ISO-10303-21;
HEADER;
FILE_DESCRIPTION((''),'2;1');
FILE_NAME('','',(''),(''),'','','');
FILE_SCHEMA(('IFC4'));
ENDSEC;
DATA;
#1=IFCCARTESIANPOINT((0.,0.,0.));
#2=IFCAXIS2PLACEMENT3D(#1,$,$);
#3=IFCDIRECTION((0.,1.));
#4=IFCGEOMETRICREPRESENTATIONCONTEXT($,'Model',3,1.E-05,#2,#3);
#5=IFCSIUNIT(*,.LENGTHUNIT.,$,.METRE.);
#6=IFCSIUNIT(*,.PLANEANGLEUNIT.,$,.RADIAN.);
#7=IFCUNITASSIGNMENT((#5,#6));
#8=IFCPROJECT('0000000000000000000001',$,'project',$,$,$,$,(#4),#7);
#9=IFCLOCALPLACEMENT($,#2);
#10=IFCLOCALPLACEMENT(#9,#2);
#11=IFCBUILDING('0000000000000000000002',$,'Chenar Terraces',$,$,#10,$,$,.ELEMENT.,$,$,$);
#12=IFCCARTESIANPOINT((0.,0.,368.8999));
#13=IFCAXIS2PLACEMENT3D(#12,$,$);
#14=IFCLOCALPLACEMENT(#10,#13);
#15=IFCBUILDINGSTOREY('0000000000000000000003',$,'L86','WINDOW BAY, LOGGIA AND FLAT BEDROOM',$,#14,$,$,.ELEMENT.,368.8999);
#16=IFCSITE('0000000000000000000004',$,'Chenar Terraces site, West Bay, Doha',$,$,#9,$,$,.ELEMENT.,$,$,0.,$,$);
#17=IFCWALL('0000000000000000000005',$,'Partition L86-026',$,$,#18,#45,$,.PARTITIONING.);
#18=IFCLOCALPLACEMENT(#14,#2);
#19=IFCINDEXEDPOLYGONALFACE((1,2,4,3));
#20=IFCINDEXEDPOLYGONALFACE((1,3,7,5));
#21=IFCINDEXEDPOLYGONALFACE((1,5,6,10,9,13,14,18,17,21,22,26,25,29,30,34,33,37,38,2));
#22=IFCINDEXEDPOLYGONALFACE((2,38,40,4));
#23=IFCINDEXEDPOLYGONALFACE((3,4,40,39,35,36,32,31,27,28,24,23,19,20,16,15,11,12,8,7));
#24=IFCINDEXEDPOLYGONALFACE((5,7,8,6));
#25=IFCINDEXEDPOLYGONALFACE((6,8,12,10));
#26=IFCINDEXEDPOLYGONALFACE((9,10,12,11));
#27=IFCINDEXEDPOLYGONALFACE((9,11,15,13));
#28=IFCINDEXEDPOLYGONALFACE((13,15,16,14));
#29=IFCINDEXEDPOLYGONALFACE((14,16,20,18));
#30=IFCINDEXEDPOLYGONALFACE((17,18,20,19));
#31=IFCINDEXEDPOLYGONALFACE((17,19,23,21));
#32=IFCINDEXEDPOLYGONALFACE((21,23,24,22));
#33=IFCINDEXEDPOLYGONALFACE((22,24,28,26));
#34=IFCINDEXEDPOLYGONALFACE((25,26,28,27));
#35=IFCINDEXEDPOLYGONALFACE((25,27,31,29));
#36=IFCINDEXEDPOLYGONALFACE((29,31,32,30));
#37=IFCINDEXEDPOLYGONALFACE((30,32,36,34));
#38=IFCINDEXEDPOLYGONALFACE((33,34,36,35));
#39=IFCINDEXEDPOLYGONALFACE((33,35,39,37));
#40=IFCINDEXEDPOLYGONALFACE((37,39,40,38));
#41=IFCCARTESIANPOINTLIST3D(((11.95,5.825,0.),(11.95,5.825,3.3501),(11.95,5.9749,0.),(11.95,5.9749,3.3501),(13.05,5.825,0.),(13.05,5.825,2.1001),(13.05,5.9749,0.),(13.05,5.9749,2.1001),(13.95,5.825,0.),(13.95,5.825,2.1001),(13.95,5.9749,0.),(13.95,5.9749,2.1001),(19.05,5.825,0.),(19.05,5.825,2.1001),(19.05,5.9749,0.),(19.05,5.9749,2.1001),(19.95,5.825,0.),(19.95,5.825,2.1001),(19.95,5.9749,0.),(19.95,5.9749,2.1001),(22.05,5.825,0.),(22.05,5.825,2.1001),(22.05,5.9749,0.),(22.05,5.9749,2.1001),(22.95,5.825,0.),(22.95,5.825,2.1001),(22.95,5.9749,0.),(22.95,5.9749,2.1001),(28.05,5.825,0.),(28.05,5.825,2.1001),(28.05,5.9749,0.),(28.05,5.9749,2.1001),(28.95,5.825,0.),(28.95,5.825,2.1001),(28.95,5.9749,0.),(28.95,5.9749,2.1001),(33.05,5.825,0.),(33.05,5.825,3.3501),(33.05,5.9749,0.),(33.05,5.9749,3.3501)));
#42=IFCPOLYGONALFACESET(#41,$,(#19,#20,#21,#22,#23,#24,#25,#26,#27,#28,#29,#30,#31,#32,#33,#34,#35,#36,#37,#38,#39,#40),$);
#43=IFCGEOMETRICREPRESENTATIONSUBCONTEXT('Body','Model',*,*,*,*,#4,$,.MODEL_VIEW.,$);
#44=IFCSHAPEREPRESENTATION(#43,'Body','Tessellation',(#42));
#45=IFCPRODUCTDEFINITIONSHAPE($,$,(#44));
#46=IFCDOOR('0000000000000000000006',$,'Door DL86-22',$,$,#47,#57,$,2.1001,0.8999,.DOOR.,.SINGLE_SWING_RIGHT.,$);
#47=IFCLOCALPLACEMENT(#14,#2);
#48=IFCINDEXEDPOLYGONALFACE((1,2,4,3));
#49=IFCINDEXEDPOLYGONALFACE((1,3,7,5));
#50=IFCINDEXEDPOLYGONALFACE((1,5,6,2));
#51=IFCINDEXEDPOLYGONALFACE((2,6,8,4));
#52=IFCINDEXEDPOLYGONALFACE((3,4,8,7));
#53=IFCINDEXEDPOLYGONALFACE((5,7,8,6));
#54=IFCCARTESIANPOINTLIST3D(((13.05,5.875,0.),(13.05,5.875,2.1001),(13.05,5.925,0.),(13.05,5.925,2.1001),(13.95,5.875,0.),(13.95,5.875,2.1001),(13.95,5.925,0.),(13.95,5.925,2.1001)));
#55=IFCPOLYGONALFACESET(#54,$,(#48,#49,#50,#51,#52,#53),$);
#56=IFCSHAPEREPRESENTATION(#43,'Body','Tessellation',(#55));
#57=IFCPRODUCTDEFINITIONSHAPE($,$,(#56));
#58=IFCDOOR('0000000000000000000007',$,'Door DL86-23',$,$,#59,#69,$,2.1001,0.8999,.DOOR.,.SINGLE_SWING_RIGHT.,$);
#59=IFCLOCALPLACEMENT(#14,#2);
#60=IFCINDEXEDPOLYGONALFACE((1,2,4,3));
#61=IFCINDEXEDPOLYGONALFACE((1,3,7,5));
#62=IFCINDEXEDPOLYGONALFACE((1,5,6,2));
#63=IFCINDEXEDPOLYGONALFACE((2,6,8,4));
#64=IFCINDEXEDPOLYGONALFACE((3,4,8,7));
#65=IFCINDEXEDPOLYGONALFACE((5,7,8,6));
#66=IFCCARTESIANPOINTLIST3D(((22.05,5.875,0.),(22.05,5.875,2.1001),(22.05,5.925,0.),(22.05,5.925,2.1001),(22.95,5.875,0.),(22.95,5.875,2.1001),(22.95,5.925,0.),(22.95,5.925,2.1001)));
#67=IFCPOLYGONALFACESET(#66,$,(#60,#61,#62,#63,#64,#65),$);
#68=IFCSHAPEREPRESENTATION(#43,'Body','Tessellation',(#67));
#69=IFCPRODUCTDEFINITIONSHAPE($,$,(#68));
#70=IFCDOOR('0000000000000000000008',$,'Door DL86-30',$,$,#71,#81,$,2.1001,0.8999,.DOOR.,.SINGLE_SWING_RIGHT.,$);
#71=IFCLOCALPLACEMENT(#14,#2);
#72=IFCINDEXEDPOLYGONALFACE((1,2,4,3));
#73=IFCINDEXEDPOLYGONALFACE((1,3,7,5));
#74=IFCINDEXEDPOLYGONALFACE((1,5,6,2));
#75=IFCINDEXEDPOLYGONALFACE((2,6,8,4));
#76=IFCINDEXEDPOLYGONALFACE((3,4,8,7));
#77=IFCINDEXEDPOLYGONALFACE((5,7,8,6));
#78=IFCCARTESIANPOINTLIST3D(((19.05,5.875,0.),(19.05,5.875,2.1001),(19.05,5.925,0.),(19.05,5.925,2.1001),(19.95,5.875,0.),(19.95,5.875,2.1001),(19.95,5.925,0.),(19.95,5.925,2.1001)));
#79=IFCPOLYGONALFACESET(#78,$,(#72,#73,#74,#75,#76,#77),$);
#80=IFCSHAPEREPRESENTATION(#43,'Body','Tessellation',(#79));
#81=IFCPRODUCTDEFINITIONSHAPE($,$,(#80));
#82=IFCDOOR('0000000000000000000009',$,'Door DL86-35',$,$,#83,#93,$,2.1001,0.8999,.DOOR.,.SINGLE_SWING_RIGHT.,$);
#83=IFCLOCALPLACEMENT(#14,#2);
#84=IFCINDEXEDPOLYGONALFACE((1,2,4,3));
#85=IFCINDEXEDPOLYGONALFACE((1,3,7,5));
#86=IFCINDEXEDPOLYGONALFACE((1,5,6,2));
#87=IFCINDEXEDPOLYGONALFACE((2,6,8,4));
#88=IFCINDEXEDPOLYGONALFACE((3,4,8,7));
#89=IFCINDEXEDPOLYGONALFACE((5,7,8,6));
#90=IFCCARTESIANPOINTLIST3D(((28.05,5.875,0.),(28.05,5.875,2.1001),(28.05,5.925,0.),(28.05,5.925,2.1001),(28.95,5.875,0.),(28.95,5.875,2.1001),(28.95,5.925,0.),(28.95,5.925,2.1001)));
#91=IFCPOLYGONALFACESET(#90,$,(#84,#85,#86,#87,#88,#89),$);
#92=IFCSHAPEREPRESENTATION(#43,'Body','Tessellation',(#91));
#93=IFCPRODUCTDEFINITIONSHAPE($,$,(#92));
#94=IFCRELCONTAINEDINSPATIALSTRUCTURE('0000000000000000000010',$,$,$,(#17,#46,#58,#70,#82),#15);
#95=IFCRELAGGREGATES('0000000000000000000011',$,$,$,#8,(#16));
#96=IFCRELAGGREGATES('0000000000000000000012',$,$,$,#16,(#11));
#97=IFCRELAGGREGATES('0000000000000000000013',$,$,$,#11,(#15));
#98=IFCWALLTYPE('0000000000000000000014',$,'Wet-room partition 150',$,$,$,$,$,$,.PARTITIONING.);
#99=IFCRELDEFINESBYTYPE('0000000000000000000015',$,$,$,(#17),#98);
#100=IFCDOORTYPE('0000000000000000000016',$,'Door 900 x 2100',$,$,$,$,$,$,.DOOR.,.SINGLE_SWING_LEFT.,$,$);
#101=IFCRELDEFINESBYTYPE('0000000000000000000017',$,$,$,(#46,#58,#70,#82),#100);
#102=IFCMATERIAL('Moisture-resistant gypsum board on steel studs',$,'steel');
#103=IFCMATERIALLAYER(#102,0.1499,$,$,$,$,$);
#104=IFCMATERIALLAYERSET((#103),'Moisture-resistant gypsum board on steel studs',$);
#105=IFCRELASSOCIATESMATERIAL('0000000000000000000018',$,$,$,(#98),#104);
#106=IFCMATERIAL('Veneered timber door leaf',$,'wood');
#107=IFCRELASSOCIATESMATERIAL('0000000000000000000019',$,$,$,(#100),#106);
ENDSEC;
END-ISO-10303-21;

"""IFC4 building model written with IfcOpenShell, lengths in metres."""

from ifc_helpers import new_model, si_unit, direction, frame, frame_2d, origin, place, context, subcontext, project, spatial, rectangle, extrude, material, layer, layer_set, type_object, element, fill, save


model = new_model("IFC4")

# Units and contexts
model_context = context("Model", 3, precision=1e-05, world=origin(), true_north=direction((0.0, 1.0)))
body_context = subcontext(model_context, "Body", "Model", "MODEL_VIEW")
ifc_project = project(units=[si_unit("LENGTHUNIT", "METRE"), si_unit("PLANEANGLEUNIT", "RADIAN")], contexts=[model_context])

# Site, building, storey
site_placement = place(None, origin())
site = spatial("IfcSite", under=ifc_project, at=site_placement, Name="Chenar Terraces site, West Bay, Doha", CompositionType="ELEMENT", RefElevation=0.0)
building_placement = place(site_placement, origin())
building = spatial("IfcBuilding", under=site, at=building_placement, Name="Chenar Terraces", CompositionType="ELEMENT")
storey_placement = place(building_placement, frame((0.0, 0.0, 368.8999)))
storey = spatial("IfcBuildingStorey", under=building, at=storey_placement, Name="L86", Description="WINDOW BAY, LOGGIA AND FLAT BEDROOM", CompositionType="ELEMENT", Elevation=368.8999)

# Wall, openings, doors
ifc_material_1 = material(Name="Moisture-resistant gypsum board on steel studs", Category="steel")
ifc_layer_1 = layer(ifc_material_1, 0.1499)
ifc_layer_set_1 = layer_set([ifc_layer_1], Name="Moisture-resistant gypsum board on steel studs")
wall_type_1 = type_object("IfcWallType", Name="Wet-room partition 150", PredefinedType="PARTITIONING", material=ifc_layer_set_1)
wall_1_placement = place(storey_placement, frame((11.95, 5.8999, 0.0), z_axis=(0.0, 0.0, 1.0), x_axis=(1.0, 0.0, 0.0)))
wall_1 = element("IfcWall", 1, at=wall_1_placement, inside=storey, type_object=wall_type_1, Name="Partition L86-026", PredefinedType="PARTITIONING", context=body_context, shape_type="SweptSolid", body=[
    extrude(rectangle(XDim=21.1001, YDim=0.1499, at=frame_2d((10.55, 0.0))), origin(), (0.0, 0.0, 1.0), 3.3501),
])
opening_1_placement = place(wall_1_placement, frame((1.1001, 0.0, 0.0)))
opening_1 = element("IfcOpeningElement", 2, at=opening_1_placement, cuts=wall_1, PredefinedType="OPENING", context=body_context, shape_type="SweptSolid", body=[
    extrude(rectangle(XDim=0.8999, YDim=2.1001, at=frame_2d((0.45, 1.05))), frame((0.0, 0.085, 0.0), z_axis=(0.0, -1.0, 0.0), x_axis=(1.0, 0.0, 0.0)), (0.0, 0.0, 1.0), 0.1699),
])
opening_2_placement = place(wall_1_placement, frame((10.1001, 0.0, 0.0)))
opening_2 = element("IfcOpeningElement", 3, at=opening_2_placement, cuts=wall_1, PredefinedType="OPENING", context=body_context, shape_type="SweptSolid", body=[
    extrude(rectangle(XDim=0.8999, YDim=2.1001, at=frame_2d((0.45, 1.05))), frame((0.0, 0.085, 0.0), z_axis=(0.0, -1.0, 0.0), x_axis=(1.0, 0.0, 0.0)), (0.0, 0.0, 1.0), 0.1699),
])
opening_3_placement = place(wall_1_placement, frame((7.1001, 0.0, 0.0)))
opening_3 = element("IfcOpeningElement", 4, at=opening_3_placement, cuts=wall_1, PredefinedType="OPENING", context=body_context, shape_type="SweptSolid", body=[
    extrude(rectangle(XDim=0.8999, YDim=2.1001, at=frame_2d((0.45, 1.05))), frame((0.0, 0.085, 0.0), z_axis=(0.0, -1.0, 0.0), x_axis=(1.0, 0.0, 0.0)), (0.0, 0.0, 1.0), 0.1699),
])
opening_4_placement = place(wall_1_placement, frame((16.1001, 0.0, 0.0)))
opening_4 = element("IfcOpeningElement", 5, at=opening_4_placement, cuts=wall_1, PredefinedType="OPENING", context=body_context, shape_type="SweptSolid", body=[
    extrude(rectangle(XDim=0.8999, YDim=2.1001, at=frame_2d((0.45, 1.05))), frame((0.0, 0.085, 0.0), z_axis=(0.0, -1.0, 0.0), x_axis=(1.0, 0.0, 0.0)), (0.0, 0.0, 1.0), 0.1699),
])
ifc_material_2 = material(Name="Veneered timber door leaf", Category="wood")
door_type_1 = type_object("IfcDoorType", Name="Door 900 x 2100", OperationType="SINGLE_SWING_LEFT", PredefinedType="DOOR", material=ifc_material_2)
door_1_placement = place(opening_1_placement, frame((0.8999, 0.0, 0.0), z_axis=(0.0, 0.0, 1.0), x_axis=(-1.0, 0.0, 0.0)))
door_1 = element("IfcDoor", 6, at=door_1_placement, inside=storey, type_object=door_type_1, Name="Door DL86-22", OperationType="SINGLE_SWING_RIGHT", OverallHeight=2.1001, OverallWidth=0.8999, PredefinedType="DOOR", context=body_context, shape_type="SweptSolid", body=[
    extrude(rectangle(XDim=0.8999, YDim=2.1001, at=frame_2d((0.45, 1.05))), frame((0.0, 0.0249, 0.0), z_axis=(0.0, -1.0, 0.0), x_axis=(1.0, 0.0, 0.0)), (0.0, 0.0, 1.0), 0.05),
])
fill(opening_1, door_1)
door_2_placement = place(opening_2_placement, frame((0.8999, 0.0, 0.0), z_axis=(0.0, 0.0, 1.0), x_axis=(-1.0, 0.0, 0.0)))
door_2 = element("IfcDoor", 7, at=door_2_placement, inside=storey, type_object=door_type_1, Name="Door DL86-23", OperationType="SINGLE_SWING_RIGHT", OverallHeight=2.1001, OverallWidth=0.8999, PredefinedType="DOOR", context=body_context, shape_type="SweptSolid", body=[
    extrude(rectangle(XDim=0.8999, YDim=2.1001, at=frame_2d((0.45, 1.05))), frame((0.0, 0.0249, 0.0), z_axis=(0.0, -1.0, 0.0), x_axis=(1.0, 0.0, 0.0)), (0.0, 0.0, 1.0), 0.05),
])
fill(opening_2, door_2)
door_3_placement = place(opening_3_placement, frame((0.8999, 0.0, 0.0), z_axis=(0.0, 0.0, 1.0), x_axis=(-1.0, 0.0, 0.0)))
door_3 = element("IfcDoor", 8, at=door_3_placement, inside=storey, type_object=door_type_1, Name="Door DL86-30", OperationType="SINGLE_SWING_RIGHT", OverallHeight=2.1001, OverallWidth=0.8999, PredefinedType="DOOR", context=body_context, shape_type="SweptSolid", body=[
    extrude(rectangle(XDim=0.8999, YDim=2.1001, at=frame_2d((0.45, 1.05))), frame((0.0, 0.0249, 0.0), z_axis=(0.0, -1.0, 0.0), x_axis=(1.0, 0.0, 0.0)), (0.0, 0.0, 1.0), 0.05),
])
fill(opening_3, door_3)
door_4_placement = place(opening_4_placement, frame((0.8999, 0.0, 0.0), z_axis=(0.0, 0.0, 1.0), x_axis=(-1.0, 0.0, 0.0)))
door_4 = element("IfcDoor", 9, at=door_4_placement, inside=storey, type_object=door_type_1, Name="Door DL86-35", OperationType="SINGLE_SWING_RIGHT", OverallHeight=2.1001, OverallWidth=0.8999, PredefinedType="DOOR", context=body_context, shape_type="SweptSolid", body=[
    extrude(rectangle(XDim=0.8999, YDim=2.1001, at=frame_2d((0.45, 1.05))), frame((0.0, 0.0249, 0.0), z_axis=(0.0, -1.0, 0.0), x_axis=(1.0, 0.0, 0.0)), (0.0, 0.0, 1.0), 0.05),
])
fill(opening_4, door_4)

save(model, "model.ifc")
